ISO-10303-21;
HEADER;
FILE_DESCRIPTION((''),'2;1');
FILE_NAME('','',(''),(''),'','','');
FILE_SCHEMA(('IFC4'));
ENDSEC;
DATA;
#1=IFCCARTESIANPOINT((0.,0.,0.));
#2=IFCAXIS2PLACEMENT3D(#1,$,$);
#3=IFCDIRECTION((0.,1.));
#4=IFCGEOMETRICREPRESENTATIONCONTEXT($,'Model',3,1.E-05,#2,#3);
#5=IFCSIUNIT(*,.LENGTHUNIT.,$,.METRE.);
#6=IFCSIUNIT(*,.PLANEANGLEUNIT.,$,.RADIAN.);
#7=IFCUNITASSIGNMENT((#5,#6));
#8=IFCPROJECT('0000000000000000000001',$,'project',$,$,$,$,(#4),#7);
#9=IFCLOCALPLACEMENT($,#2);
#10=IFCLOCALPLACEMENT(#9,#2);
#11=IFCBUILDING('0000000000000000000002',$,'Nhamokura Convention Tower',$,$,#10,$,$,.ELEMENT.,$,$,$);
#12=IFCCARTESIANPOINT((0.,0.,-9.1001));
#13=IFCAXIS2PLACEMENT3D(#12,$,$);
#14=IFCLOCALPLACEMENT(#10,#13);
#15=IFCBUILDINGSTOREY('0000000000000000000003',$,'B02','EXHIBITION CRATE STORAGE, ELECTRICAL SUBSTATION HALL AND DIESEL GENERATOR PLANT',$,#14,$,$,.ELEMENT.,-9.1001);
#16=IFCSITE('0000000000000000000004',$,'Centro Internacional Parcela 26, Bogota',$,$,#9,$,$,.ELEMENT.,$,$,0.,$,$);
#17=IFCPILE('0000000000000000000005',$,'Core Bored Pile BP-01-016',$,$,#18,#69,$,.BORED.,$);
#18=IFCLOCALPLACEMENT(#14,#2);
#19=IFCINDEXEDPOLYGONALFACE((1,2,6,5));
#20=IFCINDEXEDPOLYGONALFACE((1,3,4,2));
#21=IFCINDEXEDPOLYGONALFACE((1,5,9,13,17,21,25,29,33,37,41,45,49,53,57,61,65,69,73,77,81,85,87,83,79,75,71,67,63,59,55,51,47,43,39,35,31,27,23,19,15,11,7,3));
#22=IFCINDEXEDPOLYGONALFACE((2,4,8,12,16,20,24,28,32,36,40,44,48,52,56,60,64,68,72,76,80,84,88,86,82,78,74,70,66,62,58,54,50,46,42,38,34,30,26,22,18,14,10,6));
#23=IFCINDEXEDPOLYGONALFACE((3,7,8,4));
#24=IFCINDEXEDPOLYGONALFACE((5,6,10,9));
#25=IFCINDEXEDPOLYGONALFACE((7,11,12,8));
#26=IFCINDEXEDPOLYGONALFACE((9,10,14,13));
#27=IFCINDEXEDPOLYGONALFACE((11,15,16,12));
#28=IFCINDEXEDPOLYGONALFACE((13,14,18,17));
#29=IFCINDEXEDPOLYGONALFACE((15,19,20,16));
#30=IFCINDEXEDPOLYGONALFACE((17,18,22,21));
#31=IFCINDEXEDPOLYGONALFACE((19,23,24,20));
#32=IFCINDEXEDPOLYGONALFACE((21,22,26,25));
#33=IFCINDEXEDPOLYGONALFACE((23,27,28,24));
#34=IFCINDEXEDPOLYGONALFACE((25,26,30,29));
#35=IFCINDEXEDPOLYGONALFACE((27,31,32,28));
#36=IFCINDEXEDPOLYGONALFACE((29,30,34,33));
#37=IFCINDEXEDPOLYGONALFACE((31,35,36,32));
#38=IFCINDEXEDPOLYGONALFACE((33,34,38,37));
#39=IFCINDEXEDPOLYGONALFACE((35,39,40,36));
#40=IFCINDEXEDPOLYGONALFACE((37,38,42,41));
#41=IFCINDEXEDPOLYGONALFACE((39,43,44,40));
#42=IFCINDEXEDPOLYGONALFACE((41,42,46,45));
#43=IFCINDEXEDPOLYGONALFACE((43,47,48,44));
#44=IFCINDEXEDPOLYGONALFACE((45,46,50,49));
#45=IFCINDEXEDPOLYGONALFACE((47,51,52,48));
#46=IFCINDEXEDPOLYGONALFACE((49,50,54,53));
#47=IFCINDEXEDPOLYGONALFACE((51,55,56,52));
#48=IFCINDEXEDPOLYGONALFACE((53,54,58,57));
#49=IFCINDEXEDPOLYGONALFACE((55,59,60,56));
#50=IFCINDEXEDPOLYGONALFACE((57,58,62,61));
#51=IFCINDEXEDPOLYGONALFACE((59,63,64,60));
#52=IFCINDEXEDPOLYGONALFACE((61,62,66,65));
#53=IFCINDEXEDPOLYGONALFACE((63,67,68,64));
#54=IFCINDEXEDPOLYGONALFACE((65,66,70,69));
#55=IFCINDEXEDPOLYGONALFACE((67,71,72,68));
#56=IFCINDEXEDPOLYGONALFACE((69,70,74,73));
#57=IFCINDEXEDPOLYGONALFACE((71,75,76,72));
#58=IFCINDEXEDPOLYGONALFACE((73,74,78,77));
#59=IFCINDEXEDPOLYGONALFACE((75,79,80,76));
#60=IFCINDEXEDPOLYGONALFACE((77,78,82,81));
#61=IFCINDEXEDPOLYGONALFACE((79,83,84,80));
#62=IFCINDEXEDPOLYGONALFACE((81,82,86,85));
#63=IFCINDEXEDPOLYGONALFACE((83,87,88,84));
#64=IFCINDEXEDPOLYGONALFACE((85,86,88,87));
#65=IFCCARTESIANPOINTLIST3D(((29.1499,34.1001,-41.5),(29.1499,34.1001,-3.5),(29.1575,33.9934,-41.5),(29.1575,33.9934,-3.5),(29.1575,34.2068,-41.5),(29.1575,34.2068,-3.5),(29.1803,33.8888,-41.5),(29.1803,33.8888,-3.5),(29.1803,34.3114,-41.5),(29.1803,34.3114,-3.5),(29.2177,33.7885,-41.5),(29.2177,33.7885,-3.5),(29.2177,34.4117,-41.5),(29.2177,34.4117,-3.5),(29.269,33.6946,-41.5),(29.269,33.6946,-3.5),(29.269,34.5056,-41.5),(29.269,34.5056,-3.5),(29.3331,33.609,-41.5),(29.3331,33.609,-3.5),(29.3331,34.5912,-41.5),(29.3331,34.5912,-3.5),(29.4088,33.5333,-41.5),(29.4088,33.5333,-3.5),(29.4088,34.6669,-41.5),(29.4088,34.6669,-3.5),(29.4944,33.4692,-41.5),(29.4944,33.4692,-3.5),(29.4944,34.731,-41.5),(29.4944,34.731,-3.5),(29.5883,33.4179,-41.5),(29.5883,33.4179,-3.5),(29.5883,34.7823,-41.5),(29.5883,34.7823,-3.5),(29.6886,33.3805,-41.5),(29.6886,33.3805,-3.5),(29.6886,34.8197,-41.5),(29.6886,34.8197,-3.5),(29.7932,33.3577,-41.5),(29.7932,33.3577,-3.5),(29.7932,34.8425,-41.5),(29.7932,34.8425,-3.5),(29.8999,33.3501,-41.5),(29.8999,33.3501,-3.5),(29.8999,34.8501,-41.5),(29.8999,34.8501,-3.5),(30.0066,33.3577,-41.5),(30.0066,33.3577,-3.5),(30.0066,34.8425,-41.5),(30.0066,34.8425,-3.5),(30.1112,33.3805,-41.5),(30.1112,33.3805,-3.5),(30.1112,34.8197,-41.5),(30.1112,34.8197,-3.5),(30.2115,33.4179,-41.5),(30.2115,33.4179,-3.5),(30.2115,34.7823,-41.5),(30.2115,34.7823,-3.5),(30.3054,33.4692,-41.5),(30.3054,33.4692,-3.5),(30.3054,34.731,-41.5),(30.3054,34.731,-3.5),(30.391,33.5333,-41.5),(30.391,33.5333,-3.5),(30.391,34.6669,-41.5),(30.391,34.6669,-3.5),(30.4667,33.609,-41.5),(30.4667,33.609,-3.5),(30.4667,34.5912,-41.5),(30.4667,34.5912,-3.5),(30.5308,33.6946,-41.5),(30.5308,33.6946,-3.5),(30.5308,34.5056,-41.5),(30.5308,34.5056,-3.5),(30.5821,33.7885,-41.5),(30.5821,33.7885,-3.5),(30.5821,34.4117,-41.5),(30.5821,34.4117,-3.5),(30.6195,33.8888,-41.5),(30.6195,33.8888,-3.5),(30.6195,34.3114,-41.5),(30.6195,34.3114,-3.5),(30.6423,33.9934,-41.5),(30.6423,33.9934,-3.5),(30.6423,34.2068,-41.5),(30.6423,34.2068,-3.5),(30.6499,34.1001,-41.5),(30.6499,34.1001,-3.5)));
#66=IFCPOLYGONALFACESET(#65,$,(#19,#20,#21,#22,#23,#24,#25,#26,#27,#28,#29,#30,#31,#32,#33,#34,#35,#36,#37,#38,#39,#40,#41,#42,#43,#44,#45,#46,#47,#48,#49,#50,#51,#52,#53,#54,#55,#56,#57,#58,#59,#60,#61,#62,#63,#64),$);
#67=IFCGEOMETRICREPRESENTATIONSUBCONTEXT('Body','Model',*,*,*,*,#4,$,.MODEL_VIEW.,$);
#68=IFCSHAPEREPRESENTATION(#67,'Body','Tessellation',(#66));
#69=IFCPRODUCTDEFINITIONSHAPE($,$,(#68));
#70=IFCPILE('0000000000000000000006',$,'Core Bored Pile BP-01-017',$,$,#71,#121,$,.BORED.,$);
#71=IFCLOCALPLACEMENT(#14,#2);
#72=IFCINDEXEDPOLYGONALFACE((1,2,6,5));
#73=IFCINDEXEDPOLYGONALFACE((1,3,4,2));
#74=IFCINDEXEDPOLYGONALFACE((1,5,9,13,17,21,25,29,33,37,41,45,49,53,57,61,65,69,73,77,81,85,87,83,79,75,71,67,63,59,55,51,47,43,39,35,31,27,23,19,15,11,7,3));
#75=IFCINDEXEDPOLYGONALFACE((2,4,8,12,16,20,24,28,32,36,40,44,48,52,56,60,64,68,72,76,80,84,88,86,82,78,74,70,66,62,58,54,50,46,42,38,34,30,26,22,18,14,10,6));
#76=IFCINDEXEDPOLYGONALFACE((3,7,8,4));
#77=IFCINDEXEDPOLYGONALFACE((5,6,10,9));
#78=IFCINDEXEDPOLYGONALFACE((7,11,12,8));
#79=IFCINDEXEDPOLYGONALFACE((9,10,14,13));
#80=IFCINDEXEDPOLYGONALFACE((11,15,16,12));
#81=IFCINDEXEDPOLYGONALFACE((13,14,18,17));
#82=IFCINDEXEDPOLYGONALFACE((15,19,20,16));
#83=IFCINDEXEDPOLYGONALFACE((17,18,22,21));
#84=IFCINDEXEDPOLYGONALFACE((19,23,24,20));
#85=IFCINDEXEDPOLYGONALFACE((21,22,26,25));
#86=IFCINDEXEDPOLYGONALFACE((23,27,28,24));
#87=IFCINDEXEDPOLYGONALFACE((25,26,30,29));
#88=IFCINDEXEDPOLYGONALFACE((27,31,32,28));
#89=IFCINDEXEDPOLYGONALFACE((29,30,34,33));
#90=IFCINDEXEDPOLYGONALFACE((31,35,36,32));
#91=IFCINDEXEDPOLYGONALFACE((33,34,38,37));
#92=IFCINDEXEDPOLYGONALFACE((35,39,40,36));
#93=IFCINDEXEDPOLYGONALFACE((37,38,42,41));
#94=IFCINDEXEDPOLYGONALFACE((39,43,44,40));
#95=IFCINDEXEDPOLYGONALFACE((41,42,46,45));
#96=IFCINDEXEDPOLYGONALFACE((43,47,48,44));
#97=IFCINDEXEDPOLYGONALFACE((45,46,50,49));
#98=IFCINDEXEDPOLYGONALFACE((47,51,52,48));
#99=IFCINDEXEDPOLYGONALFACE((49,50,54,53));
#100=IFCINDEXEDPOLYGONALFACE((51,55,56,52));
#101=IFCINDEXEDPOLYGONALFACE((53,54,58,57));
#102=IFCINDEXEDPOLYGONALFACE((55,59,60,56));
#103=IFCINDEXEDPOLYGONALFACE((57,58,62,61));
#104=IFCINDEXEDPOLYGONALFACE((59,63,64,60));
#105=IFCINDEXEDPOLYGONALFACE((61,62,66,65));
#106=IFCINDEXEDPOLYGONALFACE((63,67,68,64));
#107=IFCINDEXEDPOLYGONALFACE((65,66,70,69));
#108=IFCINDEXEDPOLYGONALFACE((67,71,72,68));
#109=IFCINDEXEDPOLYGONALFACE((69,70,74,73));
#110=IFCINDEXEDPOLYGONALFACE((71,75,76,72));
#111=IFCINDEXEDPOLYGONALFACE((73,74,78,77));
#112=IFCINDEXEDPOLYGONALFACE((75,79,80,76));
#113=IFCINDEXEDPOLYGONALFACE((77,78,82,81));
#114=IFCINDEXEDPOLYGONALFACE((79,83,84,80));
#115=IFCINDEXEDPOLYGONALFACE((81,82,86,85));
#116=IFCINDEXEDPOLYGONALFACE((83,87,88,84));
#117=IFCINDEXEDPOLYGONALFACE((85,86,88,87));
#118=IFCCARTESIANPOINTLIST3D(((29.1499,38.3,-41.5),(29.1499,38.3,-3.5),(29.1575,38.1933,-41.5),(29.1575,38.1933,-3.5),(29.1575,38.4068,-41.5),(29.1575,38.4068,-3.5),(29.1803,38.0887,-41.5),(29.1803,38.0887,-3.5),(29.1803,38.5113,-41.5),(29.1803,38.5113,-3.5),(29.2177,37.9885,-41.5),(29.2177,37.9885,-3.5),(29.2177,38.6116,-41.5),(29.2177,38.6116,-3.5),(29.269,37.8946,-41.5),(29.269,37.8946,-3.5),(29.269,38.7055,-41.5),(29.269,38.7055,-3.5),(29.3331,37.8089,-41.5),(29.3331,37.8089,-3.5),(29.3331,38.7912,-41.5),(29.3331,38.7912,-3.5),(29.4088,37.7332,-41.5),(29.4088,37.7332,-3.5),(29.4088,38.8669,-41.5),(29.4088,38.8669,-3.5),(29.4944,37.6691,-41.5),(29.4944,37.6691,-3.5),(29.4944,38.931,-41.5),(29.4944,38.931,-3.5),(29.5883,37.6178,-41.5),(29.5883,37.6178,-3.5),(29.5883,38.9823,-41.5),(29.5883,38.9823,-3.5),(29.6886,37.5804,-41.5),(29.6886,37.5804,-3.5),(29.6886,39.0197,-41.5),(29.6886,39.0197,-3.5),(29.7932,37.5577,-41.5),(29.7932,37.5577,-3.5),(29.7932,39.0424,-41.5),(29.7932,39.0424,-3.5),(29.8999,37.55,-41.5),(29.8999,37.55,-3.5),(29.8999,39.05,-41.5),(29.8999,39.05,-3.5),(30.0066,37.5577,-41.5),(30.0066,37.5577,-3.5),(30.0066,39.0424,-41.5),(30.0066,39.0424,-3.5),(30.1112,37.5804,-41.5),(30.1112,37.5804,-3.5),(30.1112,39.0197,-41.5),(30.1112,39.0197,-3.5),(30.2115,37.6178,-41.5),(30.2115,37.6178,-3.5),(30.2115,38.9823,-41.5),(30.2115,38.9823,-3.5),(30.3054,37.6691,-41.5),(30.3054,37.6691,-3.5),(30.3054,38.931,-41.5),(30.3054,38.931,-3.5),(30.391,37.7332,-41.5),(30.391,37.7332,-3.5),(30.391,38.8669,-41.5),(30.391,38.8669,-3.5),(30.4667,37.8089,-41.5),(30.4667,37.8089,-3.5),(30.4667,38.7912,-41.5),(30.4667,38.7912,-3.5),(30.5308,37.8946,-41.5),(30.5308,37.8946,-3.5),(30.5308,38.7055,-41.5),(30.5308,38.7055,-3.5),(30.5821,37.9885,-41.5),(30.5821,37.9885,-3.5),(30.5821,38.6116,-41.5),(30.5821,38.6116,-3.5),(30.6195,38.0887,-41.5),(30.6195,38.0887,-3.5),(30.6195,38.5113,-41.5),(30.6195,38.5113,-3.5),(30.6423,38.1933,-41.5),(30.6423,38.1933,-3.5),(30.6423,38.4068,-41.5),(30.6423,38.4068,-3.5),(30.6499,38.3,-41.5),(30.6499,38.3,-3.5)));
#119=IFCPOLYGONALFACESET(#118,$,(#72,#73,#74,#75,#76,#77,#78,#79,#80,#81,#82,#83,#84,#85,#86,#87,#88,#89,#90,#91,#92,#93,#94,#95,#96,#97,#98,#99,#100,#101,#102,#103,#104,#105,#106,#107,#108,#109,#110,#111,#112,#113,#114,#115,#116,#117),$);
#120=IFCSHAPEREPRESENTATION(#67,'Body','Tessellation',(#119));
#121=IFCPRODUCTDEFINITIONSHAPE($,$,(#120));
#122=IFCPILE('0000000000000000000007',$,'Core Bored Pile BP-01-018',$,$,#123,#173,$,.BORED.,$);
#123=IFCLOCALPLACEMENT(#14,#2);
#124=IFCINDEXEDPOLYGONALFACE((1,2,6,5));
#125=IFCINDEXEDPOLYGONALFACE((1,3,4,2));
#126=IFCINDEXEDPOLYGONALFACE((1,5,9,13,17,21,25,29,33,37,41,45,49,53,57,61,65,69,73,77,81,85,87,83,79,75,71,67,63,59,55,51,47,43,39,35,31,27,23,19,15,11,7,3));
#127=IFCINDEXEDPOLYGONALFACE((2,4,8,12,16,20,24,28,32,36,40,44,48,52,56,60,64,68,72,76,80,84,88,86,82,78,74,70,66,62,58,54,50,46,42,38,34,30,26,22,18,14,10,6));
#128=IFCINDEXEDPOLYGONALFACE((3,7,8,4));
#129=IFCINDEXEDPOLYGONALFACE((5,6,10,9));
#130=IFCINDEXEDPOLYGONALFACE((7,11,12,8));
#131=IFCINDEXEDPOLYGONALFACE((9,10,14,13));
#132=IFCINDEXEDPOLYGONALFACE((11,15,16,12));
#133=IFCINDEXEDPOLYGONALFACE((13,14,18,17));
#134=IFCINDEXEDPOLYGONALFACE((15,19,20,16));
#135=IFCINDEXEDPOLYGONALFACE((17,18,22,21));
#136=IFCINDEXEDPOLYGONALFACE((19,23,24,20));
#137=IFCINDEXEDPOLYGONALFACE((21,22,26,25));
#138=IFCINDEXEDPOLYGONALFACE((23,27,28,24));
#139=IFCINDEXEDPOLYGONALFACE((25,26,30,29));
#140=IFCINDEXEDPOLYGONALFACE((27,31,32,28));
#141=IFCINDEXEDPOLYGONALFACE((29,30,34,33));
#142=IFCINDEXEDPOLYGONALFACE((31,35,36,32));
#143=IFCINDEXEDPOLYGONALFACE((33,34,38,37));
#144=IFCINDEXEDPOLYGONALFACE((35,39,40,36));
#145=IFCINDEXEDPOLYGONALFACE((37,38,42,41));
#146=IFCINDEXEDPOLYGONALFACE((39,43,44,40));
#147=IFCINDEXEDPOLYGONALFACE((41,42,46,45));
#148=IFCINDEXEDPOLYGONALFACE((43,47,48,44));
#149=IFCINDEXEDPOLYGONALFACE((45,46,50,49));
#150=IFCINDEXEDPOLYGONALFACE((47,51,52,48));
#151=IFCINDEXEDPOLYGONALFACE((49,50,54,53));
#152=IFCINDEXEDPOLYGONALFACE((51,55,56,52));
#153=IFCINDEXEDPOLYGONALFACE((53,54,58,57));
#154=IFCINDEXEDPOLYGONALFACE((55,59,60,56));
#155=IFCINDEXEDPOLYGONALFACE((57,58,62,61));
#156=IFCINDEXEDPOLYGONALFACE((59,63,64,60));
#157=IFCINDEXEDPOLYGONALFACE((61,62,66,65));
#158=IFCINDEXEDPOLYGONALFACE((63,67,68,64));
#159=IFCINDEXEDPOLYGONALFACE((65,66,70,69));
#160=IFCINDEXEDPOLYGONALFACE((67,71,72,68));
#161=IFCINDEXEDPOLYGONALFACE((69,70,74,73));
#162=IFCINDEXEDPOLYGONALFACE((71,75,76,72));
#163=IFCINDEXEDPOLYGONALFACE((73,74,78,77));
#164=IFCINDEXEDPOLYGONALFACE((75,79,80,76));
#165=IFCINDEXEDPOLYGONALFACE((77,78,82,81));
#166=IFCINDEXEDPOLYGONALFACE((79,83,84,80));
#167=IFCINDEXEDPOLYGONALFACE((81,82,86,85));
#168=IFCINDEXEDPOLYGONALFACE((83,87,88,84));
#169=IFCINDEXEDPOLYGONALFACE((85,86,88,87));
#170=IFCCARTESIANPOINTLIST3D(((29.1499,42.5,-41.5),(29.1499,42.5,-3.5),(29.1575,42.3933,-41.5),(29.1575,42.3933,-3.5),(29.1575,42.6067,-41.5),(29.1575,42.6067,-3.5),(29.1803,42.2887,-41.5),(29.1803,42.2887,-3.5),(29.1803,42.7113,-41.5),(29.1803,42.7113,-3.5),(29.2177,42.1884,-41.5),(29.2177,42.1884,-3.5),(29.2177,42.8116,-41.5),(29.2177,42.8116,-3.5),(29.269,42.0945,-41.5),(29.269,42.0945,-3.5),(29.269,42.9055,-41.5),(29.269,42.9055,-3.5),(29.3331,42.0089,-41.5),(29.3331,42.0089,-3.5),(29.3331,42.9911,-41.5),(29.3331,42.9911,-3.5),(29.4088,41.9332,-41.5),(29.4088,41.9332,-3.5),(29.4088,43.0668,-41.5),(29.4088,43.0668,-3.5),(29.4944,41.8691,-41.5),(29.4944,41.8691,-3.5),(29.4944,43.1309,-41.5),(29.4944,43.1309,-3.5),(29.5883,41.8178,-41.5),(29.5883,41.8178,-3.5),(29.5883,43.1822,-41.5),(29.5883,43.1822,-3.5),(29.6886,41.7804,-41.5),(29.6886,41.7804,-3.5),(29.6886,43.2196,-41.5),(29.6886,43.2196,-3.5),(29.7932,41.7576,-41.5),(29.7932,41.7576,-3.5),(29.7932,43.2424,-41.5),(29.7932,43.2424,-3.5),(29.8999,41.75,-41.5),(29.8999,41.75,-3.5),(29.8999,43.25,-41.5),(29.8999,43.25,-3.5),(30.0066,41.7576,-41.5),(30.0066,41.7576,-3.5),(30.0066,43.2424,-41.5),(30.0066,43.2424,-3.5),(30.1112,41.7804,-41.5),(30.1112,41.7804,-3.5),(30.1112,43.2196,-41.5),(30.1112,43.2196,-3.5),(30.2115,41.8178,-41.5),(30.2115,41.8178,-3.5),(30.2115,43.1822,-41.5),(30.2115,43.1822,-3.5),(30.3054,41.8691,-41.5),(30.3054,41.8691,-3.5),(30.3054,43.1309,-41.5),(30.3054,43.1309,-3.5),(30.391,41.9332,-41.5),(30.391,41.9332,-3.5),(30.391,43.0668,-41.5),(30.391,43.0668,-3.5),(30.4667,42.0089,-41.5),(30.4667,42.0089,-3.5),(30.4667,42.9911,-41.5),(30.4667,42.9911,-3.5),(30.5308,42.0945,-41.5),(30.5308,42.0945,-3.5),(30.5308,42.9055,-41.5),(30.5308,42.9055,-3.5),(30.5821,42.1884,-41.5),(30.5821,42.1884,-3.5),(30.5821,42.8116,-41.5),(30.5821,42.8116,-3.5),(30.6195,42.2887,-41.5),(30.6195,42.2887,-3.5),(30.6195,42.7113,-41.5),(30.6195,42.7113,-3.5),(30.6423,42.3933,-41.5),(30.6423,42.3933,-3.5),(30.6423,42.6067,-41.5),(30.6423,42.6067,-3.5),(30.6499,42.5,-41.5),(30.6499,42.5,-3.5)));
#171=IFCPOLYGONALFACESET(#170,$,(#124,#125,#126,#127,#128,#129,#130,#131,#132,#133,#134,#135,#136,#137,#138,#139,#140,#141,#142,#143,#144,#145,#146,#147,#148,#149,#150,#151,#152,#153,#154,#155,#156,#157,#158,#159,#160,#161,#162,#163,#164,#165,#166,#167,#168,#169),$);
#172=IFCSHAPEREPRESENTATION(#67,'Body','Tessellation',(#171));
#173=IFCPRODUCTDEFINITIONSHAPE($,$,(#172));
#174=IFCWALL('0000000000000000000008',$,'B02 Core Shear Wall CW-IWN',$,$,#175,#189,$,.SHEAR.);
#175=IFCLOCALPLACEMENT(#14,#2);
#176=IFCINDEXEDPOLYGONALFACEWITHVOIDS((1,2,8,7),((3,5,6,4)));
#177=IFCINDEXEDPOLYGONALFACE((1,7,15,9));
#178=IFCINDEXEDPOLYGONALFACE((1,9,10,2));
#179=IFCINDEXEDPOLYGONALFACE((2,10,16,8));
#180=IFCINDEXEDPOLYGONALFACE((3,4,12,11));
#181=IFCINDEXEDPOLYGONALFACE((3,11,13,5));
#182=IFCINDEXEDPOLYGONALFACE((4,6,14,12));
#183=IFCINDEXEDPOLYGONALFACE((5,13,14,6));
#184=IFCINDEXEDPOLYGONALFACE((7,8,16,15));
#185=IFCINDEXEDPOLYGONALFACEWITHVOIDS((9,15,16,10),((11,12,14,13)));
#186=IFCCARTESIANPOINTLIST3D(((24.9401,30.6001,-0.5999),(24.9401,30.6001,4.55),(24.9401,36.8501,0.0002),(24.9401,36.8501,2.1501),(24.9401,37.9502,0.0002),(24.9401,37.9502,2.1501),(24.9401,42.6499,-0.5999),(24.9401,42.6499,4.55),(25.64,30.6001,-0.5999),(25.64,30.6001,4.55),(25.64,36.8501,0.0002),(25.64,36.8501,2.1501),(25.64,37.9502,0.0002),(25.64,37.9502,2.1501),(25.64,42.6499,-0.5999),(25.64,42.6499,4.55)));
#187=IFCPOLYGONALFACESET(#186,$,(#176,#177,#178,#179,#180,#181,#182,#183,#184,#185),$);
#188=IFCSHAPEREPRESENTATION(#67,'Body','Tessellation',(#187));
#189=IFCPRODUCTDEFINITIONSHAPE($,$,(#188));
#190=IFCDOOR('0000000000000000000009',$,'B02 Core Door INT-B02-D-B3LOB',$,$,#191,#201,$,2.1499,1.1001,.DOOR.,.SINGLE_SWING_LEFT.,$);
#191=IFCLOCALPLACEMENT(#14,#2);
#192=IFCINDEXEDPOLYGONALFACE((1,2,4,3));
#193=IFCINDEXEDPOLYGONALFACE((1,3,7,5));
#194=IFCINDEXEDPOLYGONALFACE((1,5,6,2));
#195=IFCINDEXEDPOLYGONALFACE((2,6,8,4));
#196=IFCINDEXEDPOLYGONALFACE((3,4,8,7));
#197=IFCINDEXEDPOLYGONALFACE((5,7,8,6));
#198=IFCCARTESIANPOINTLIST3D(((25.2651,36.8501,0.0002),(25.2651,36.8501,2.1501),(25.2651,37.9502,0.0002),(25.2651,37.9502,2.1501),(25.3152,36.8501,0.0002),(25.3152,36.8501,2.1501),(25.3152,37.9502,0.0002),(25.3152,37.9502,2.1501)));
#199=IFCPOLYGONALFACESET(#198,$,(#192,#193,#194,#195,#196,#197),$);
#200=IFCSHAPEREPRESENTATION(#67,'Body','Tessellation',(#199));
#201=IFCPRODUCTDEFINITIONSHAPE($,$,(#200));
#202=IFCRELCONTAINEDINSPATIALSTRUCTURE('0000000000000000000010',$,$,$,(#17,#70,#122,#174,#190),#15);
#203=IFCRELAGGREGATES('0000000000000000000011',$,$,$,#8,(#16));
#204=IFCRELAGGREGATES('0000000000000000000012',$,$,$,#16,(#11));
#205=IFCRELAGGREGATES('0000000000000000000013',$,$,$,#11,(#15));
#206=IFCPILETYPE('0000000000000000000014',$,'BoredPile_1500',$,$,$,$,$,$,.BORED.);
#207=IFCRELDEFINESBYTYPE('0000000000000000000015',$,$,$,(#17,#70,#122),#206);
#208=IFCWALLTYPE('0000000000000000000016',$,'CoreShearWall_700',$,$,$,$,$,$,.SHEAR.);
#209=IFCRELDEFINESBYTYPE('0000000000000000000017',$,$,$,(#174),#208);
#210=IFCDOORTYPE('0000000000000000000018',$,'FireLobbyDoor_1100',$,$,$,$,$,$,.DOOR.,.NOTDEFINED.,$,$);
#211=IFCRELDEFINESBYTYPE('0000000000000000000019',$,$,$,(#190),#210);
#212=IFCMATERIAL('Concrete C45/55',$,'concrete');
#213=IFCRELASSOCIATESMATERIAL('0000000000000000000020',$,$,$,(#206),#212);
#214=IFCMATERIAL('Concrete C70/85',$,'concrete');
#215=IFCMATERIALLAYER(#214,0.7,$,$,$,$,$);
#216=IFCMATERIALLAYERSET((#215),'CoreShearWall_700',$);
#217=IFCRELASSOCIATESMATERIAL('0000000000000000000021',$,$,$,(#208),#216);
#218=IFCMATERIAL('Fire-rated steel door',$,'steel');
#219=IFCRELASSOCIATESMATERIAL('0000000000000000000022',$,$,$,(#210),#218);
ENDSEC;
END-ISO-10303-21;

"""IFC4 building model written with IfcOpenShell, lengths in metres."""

from ifc_helpers import new_model, si_unit, direction, frame, frame_2d, origin, origin_2d, place, context, subcontext, project, spatial, rectangle, circle, extrude, material, layer, layer_set, material_profile, profile_set, type_object, element, fill, save


model = new_model("IFC4")

# Units and contexts
model_context = context("Model", 3, precision=1e-05, world=origin(), true_north=direction((0.0, 1.0)))
body_context = subcontext(model_context, "Body", "Model", "MODEL_VIEW")
ifc_project = project(units=[si_unit("LENGTHUNIT", "METRE"), si_unit("PLANEANGLEUNIT", "RADIAN")], contexts=[model_context])

# Site, building, storey
site_placement = place(None, origin())
site = spatial("IfcSite", under=ifc_project, at=site_placement, Name="Centro Internacional Parcela 26, Bogota", CompositionType="ELEMENT", RefElevation=0.0)
building_placement = place(site_placement, origin())
building = spatial("IfcBuilding", under=site, at=building_placement, Name="Nhamokura Convention Tower", CompositionType="ELEMENT")
storey_placement = place(building_placement, frame((0.0, 0.0, -9.1001)))
storey = spatial("IfcBuildingStorey", under=building, at=storey_placement, Name="B02", Description="EXHIBITION CRATE STORAGE, ELECTRICAL SUBSTATION HALL AND DIESEL GENERATOR PLANT", CompositionType="ELEMENT", Elevation=-9.1001)

# Piles
ifc_material_1 = material(Name="Concrete C45/55", Category="concrete")
ifc_material_profile = material_profile(ifc_material_1, circle(Radius=0.75, at=origin_2d()))
ifc_profile_set = profile_set([ifc_material_profile], Name="Concrete C45/55")
pile_type = type_object("IfcPileType", Name="BoredPile_1500", PredefinedType="BORED", material=ifc_profile_set)
for number, where, z_axis, x_axis, name in (
    (1, (29.8999, 34.1001, -3.5), (0.0, 0.0, -1.0), (1.0, 0.0, 0.0), "Core Bored Pile BP-01-016"),
    (2, (29.8999, 38.3, -3.5), (0.0, 0.0, -1.0), (1.0, 0.0, 0.0), "Core Bored Pile BP-01-017"),
    (3, (29.8999, 42.5, -3.5), (0.0, 0.0, -1.0), (1.0, 0.0, 0.0), "Core Bored Pile BP-01-018"),
):
    element("IfcPile", number, at=place(storey_placement, frame(where, z_axis=z_axis, x_axis=x_axis)), inside=storey, type_object=pile_type, Name=name, PredefinedType="BORED", context=body_context, shape_type="SweptSolid", body=[
        extrude(circle(Radius=0.75, at=origin_2d()), origin(), (0.0, 0.0, 1.0), 38.0),
    ])

# Wall, opening, door
ifc_material_2 = material(Name="Concrete C70/85", Category="concrete")
ifc_layer_1 = layer(ifc_material_2, 0.7)
ifc_layer_set_1 = layer_set([ifc_layer_1], Name="CoreShearWall_700")
wall_type_1 = type_object("IfcWallType", Name="CoreShearWall_700", PredefinedType="SHEAR", material=ifc_layer_set_1)
wall_1_placement = place(storey_placement, frame((25.29, 30.6001, -0.5999), z_axis=(0.0, 0.0, 1.0), x_axis=(0.0, 1.0, 0.0)))
wall_1 = element("IfcWall", 4, at=wall_1_placement, inside=storey, type_object=wall_type_1, Name="B02 Core Shear Wall CW-IWN", PredefinedType="SHEAR", context=body_context, shape_type="SweptSolid", body=[
    extrude(rectangle(XDim=12.0498, YDim=0.7, at=frame_2d((6.0249, 0.0))), origin(), (0.0, 0.0, 1.0), 5.1499),
])
opening_1_placement = place(wall_1_placement, frame((6.25, 0.0, 0.6001)))
opening_1 = element("IfcOpeningElement", 5, at=opening_1_placement, cuts=wall_1, PredefinedType="OPENING", context=body_context, shape_type="SweptSolid", body=[
    extrude(rectangle(XDim=1.1001, YDim=2.1499, at=frame_2d((0.55, 1.075))), frame((0.0, 0.3599, 0.0), z_axis=(0.0, -1.0, 0.0), x_axis=(1.0, 0.0, 0.0)), (0.0, 0.0, 1.0), 0.72),
])
ifc_material_3 = material(Name="Fire-rated steel door", Category="steel")
door_type_1 = type_object("IfcDoorType", Name="FireLobbyDoor_1100", OperationType="NOTDEFINED", PredefinedType="DOOR", material=ifc_material_3)
door_1_placement = place(opening_1_placement, origin())
door_1 = element("IfcDoor", 6, at=door_1_placement, inside=storey, type_object=door_type_1, Name="B02 Core Door INT-B02-D-B3LOB", OperationType="SINGLE_SWING_LEFT", OverallHeight=2.1499, OverallWidth=1.1001, PredefinedType="DOOR", context=body_context, shape_type="SweptSolid", body=[
    extrude(rectangle(XDim=1.1001, YDim=2.1499, at=frame_2d((0.55, 1.075))), frame((0.0, 0.0249, 0.0), z_axis=(0.0, -1.0, 0.0), x_axis=(1.0, 0.0, 0.0)), (0.0, 0.0, 1.0), 0.05),
])
fill(opening_1, door_1)

save(model, "model.ifc")
